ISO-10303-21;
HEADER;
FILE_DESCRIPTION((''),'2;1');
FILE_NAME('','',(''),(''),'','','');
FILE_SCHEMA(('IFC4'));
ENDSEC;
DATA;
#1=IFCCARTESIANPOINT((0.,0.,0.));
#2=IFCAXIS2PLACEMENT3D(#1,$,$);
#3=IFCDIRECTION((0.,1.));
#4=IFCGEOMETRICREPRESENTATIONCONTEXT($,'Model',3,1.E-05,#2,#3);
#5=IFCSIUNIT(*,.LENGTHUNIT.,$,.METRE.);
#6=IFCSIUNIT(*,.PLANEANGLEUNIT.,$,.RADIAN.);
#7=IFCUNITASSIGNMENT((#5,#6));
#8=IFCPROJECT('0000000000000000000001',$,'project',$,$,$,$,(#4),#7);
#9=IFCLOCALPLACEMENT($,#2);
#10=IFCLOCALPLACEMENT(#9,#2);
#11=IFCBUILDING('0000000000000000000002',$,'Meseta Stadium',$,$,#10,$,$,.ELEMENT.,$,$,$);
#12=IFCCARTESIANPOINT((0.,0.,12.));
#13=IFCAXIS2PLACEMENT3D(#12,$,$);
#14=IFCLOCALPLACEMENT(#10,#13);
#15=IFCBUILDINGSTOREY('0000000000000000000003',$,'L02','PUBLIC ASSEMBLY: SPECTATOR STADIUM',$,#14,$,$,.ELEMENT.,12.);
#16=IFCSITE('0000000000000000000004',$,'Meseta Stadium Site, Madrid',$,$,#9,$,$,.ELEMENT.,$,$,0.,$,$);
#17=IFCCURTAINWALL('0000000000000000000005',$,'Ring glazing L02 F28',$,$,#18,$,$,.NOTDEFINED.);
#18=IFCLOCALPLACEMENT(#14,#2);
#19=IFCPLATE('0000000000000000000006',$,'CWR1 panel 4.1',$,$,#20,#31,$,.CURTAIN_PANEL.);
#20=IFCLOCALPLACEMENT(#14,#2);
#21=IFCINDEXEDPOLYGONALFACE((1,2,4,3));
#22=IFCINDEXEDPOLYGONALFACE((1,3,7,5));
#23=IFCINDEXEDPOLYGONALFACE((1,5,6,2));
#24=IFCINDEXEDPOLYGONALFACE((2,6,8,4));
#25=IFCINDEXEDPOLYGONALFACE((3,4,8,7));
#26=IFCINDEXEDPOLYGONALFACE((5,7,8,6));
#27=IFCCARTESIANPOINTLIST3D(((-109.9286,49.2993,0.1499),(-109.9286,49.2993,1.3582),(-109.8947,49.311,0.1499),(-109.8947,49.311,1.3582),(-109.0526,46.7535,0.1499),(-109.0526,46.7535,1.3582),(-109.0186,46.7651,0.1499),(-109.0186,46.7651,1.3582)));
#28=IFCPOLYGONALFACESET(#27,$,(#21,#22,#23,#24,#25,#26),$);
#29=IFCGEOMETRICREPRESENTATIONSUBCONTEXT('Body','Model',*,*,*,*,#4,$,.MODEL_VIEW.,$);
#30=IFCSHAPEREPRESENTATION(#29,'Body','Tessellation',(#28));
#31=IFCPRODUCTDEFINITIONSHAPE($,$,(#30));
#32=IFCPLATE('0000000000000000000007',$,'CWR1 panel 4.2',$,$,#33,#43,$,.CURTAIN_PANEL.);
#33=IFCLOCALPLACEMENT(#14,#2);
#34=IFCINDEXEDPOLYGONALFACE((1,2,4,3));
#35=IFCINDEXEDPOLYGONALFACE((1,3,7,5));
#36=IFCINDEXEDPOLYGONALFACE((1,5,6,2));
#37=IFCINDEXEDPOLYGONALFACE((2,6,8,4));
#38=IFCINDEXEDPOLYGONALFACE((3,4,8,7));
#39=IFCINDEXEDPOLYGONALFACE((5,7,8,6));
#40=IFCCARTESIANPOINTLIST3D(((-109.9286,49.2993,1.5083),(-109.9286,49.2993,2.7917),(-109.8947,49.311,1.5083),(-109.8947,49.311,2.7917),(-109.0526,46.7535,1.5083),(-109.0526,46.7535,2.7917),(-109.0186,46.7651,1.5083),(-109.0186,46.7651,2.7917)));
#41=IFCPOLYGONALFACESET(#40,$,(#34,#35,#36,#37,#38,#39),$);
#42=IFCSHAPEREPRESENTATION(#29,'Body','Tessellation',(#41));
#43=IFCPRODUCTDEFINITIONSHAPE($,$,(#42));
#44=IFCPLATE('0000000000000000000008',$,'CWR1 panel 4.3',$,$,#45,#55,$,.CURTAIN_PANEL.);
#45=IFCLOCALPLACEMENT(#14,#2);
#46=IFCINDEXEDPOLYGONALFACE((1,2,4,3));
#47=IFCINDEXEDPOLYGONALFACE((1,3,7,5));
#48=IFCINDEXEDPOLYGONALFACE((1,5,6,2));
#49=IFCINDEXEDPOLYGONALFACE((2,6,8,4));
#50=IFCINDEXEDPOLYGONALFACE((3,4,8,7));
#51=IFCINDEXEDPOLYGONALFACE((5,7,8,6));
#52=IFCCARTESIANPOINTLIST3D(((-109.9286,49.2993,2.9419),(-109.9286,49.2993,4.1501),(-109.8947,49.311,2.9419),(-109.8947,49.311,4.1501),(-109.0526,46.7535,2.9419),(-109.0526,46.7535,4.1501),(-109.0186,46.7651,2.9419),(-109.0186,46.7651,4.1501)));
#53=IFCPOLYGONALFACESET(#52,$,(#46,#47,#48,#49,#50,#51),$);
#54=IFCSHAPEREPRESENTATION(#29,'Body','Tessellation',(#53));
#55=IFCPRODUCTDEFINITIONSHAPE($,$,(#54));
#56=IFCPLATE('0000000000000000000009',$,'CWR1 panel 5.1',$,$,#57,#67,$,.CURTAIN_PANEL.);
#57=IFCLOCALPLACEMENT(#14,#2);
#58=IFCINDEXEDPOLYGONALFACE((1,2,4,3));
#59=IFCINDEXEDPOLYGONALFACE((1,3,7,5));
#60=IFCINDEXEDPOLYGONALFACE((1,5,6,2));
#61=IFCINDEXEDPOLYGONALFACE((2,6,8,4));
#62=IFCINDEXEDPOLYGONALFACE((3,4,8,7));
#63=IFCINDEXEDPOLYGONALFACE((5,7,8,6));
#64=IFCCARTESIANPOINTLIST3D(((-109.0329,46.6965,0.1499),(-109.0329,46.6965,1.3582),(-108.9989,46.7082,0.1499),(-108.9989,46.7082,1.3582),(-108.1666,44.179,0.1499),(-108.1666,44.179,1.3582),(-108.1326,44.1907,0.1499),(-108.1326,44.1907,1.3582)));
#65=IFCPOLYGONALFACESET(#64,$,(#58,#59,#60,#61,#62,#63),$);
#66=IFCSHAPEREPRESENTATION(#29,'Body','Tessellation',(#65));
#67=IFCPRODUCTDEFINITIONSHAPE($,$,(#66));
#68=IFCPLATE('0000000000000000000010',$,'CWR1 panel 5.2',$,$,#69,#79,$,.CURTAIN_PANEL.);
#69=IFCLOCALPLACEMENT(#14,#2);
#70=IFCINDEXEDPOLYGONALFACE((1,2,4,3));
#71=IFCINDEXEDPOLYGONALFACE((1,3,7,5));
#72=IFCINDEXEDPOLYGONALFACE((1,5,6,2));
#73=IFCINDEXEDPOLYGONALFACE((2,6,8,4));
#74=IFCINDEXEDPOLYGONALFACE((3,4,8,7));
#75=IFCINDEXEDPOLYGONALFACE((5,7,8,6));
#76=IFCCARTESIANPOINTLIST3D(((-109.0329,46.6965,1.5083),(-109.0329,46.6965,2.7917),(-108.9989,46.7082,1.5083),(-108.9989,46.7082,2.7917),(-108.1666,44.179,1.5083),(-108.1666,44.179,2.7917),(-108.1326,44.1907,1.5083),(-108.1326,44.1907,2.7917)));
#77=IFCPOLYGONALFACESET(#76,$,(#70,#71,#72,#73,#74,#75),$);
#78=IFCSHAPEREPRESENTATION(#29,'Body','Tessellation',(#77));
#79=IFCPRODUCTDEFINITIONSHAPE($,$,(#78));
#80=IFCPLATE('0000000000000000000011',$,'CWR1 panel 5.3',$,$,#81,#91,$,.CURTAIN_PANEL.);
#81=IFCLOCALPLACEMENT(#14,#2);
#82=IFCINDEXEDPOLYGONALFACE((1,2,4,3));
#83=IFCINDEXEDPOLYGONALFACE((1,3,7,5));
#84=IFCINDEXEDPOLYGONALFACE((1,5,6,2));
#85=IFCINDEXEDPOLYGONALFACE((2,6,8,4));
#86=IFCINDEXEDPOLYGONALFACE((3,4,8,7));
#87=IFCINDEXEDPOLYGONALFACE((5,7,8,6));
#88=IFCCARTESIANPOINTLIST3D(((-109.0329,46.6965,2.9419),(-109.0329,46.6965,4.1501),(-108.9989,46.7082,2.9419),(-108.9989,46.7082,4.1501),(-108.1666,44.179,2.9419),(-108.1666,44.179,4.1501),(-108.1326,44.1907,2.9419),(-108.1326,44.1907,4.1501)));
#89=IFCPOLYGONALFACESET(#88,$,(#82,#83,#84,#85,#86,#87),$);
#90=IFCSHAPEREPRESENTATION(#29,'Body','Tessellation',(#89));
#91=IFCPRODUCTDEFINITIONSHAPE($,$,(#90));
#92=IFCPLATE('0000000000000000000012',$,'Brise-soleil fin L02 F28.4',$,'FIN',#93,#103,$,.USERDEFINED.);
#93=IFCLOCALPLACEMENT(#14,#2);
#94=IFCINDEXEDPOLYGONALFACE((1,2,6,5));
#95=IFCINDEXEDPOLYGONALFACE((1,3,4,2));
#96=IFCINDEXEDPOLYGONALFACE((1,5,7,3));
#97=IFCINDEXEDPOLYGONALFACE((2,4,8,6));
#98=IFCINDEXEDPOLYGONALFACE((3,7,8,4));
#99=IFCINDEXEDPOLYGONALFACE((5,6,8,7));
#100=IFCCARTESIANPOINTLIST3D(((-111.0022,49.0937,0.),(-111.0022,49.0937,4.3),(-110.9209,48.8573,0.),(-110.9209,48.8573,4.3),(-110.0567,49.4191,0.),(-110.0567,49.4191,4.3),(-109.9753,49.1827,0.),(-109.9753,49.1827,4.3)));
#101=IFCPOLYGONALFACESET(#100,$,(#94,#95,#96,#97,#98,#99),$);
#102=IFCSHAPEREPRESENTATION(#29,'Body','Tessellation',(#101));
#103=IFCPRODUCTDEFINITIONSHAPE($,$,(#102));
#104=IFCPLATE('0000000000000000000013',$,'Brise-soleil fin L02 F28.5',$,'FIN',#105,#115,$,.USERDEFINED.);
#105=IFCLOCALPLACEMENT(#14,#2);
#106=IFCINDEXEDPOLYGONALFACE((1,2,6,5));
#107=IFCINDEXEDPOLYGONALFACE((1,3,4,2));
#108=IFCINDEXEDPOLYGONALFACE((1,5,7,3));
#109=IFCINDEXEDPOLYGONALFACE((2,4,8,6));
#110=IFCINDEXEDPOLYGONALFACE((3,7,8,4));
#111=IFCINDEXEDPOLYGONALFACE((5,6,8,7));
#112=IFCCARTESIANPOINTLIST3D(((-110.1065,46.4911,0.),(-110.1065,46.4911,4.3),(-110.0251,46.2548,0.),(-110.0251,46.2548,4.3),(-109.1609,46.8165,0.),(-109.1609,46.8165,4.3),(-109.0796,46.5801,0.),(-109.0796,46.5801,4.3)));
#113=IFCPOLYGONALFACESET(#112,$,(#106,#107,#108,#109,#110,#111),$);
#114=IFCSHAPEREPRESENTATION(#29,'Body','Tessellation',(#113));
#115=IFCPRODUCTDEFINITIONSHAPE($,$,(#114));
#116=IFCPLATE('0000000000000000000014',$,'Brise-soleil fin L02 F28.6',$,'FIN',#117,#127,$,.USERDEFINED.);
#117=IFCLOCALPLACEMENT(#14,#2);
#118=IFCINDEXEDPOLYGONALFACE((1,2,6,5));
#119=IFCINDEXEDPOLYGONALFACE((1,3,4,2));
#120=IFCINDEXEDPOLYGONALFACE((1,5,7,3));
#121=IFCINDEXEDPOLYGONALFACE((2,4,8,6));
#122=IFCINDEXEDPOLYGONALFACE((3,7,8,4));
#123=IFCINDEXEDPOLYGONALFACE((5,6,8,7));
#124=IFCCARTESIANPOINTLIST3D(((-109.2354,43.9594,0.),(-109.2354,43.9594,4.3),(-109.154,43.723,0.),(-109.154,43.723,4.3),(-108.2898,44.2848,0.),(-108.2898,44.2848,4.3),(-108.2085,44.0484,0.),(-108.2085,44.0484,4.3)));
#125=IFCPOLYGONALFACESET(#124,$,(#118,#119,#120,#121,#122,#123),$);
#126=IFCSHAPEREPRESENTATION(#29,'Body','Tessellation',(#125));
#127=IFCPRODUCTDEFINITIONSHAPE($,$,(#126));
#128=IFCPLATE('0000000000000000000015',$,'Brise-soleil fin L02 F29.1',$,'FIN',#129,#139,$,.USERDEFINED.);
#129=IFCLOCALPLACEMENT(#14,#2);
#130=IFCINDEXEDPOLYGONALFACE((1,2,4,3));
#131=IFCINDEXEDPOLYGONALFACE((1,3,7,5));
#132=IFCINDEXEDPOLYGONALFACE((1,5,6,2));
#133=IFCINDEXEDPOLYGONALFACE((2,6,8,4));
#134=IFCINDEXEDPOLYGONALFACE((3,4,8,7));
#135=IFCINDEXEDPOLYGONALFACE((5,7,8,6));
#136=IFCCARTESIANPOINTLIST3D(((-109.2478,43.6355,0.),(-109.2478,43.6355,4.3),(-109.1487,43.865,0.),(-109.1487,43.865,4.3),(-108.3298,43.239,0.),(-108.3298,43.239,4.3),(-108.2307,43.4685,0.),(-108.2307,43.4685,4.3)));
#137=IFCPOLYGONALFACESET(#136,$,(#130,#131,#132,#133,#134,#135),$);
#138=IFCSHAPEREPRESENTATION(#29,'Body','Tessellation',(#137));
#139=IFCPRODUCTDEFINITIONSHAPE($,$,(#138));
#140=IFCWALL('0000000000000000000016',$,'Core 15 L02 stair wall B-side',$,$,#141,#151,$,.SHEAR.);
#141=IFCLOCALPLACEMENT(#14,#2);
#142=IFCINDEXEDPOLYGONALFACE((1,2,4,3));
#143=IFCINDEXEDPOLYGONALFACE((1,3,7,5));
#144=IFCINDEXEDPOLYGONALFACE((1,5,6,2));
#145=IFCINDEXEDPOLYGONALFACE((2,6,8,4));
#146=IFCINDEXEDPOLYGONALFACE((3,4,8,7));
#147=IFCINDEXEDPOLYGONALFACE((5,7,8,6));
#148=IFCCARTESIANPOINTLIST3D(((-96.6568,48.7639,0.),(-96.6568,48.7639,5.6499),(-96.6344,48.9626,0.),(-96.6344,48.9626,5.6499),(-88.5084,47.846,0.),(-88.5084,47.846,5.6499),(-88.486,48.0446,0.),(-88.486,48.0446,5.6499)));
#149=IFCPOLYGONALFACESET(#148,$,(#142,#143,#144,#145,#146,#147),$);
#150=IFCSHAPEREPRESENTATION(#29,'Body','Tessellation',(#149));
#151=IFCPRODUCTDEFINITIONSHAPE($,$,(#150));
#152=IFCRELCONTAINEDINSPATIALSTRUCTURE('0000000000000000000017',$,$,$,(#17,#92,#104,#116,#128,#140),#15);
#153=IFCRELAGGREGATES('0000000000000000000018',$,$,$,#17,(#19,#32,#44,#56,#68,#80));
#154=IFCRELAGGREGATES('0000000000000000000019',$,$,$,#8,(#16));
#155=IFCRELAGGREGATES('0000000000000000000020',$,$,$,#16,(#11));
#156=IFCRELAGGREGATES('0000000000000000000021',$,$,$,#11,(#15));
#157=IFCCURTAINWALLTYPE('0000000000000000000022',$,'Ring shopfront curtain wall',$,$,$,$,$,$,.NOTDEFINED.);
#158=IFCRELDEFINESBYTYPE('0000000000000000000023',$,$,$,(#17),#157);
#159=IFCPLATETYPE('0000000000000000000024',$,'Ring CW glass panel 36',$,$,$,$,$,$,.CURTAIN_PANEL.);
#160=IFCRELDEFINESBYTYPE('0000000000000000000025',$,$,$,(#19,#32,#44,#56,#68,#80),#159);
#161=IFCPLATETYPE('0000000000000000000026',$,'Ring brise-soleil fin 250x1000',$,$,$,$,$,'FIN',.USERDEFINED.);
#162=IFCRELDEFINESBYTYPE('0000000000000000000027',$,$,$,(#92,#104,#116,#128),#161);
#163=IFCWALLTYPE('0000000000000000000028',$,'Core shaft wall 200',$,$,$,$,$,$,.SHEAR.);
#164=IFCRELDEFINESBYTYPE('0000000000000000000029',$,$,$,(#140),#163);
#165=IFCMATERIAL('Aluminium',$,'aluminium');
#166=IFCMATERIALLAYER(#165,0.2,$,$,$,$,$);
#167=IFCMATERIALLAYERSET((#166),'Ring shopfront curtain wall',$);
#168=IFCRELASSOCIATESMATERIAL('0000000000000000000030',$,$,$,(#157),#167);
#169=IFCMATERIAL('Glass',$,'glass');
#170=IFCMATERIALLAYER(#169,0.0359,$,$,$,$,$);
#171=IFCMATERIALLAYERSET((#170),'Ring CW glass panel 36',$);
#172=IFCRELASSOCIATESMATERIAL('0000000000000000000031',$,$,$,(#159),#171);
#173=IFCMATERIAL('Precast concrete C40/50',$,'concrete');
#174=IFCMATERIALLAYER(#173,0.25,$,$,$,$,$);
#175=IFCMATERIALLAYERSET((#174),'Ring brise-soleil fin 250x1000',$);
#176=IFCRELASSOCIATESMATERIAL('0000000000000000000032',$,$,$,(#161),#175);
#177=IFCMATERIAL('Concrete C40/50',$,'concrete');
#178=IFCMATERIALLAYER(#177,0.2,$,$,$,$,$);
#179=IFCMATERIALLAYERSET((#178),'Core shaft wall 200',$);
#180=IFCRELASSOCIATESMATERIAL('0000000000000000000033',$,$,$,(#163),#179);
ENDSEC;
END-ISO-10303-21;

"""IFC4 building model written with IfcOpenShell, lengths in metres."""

from ifc_helpers import new_model, si_unit, direction, frame, frame_2d, origin, origin_2d, place, context, subcontext, project, spatial, rectangle, extrude, material, layer, layer_set, type_object, element, aggregate, save


model = new_model("IFC4")

# Units and contexts
model_context = context("Model", 3, precision=1e-05, world=origin(), true_north=direction((0.0, 1.0)))
body_context = subcontext(model_context, "Body", "Model", "MODEL_VIEW")
ifc_project = project(units=[si_unit("LENGTHUNIT", "METRE"), si_unit("PLANEANGLEUNIT", "RADIAN")], contexts=[model_context])

# Site, building, storey
site_placement = place(None, origin())
site = spatial("IfcSite", under=ifc_project, at=site_placement, Name="Meseta Stadium Site, Madrid", CompositionType="ELEMENT", RefElevation=0.0)
building_placement = place(site_placement, origin())
building = spatial("IfcBuilding", under=site, at=building_placement, Name="Meseta Stadium", CompositionType="ELEMENT")
storey_placement = place(building_placement, frame((0.0, 0.0, 12.0)))
storey = spatial("IfcBuildingStorey", under=building, at=storey_placement, Name="L02", Description="PUBLIC ASSEMBLY: SPECTATOR STADIUM", CompositionType="ELEMENT", Elevation=12.0)

# Curtain wall
ifc_material_1 = material(Name="Aluminium", Category="aluminium")
ifc_layer_1 = layer(ifc_material_1, 0.2)
ifc_layer_set_1 = layer_set([ifc_layer_1], Name="Ring shopfront curtain wall")
curtain_wall_type = type_object("IfcCurtainWallType", Name="Ring shopfront curtain wall", PredefinedType="NOTDEFINED", material=ifc_layer_set_1)
curtain_wall_1_placement = place(storey_placement, origin())
curtain_wall_1 = element("IfcCurtainWall", 1, at=curtain_wall_1_placement, inside=storey, type_object=curtain_wall_type, Name="Ring glazing L02 F28", PredefinedType="NOTDEFINED")

# Plates
ifc_material_2 = material(Name="Glass", Category="glass")
ifc_layer_2 = layer(ifc_material_2, 0.0359)
ifc_layer_set_2 = layer_set([ifc_layer_2], Name="Ring CW glass panel 36")
plate_type_1 = type_object("IfcPlateType", Name="Ring CW glass panel 36", PredefinedType="CURTAIN_PANEL", material=ifc_layer_set_2)
plate_1_placement = place(storey_placement, frame((-109.4736, 48.0322, 0.1499), z_axis=(0.0, 0.0, 1.0), x_axis=(0.325386, -0.945581, 0.0)))
plate_1 = element("IfcPlate", 2, at=plate_1_placement, type_object=plate_type_1, Name="CWR1 panel 4.1", PredefinedType="CURTAIN_PANEL", context=body_context, shape_type="SweptSolid", body=[
    extrude(rectangle(XDim=2.6924, YDim=0.0359, at=origin_2d()), origin(), (0.0, 0.0, 1.0), 1.2083),
])
plate_2_placement = place(storey_placement, frame((-109.4736, 48.0322, 1.5083), z_axis=(0.0, 0.0, 1.0), x_axis=(0.325386, -0.945581, 0.0)))
plate_2 = element("IfcPlate", 3, at=plate_2_placement, type_object=plate_type_1, Name="CWR1 panel 4.2", PredefinedType="CURTAIN_PANEL", context=body_context, shape_type="SweptSolid", body=[
    extrude(rectangle(XDim=2.6924, YDim=0.0359, at=origin_2d()), origin(), (0.0, 0.0, 1.0), 1.2834),
])
plate_3_placement = place(storey_placement, frame((-109.4736, 48.0322, 2.9419), z_axis=(0.0, 0.0, 1.0), x_axis=(0.325386, -0.945581, 0.0)))
plate_3 = element("IfcPlate", 4, at=plate_3_placement, type_object=plate_type_1, Name="CWR1 panel 4.3", PredefinedType="CURTAIN_PANEL", context=body_context, shape_type="SweptSolid", body=[
    extrude(rectangle(XDim=2.6924, YDim=0.0359, at=origin_2d()), origin(), (0.0, 0.0, 1.0), 1.2083),
])
plate_4_placement = place(storey_placement, frame((-108.5828, 45.4436, 0.1499), z_axis=(0.0, 0.0, 1.0), x_axis=(0.325386, -0.945581, 0.0)))
plate_4 = element("IfcPlate", 5, at=plate_4_placement, type_object=plate_type_1, Name="CWR1 panel 5.1", PredefinedType="CURTAIN_PANEL", context=body_context, shape_type="SweptSolid", body=[
    extrude(rectangle(XDim=2.6624, YDim=0.0359, at=origin_2d()), origin(), (0.0, 0.0, 1.0), 1.2083),
])
plate_5_placement = place(storey_placement, frame((-108.5828, 45.4436, 1.5083), z_axis=(0.0, 0.0, 1.0), x_axis=(0.325386, -0.945581, 0.0)))
plate_5 = element("IfcPlate", 6, at=plate_5_placement, type_object=plate_type_1, Name="CWR1 panel 5.2", PredefinedType="CURTAIN_PANEL", context=body_context, shape_type="SweptSolid", body=[
    extrude(rectangle(XDim=2.6624, YDim=0.0359, at=origin_2d()), origin(), (0.0, 0.0, 1.0), 1.2834),
])
plate_6_placement = place(storey_placement, frame((-108.5828, 45.4436, 2.9419), z_axis=(0.0, 0.0, 1.0), x_axis=(0.325386, -0.945581, 0.0)))
plate_6 = element("IfcPlate", 7, at=plate_6_placement, type_object=plate_type_1, Name="CWR1 panel 5.3", PredefinedType="CURTAIN_PANEL", context=body_context, shape_type="SweptSolid", body=[
    extrude(rectangle(XDim=2.6624, YDim=0.0359, at=origin_2d()), origin(), (0.0, 0.0, 1.0), 1.2083),
])
aggregate(curtain_wall_1, [plate_1, plate_2, plate_3, plate_4, plate_5, plate_6])

# Plates
ifc_material_3 = material(Name="Precast concrete C40/50", Category="concrete")
ifc_layer_3 = layer(ifc_material_3, 0.25)
ifc_layer_set_3 = layer_set([ifc_layer_3], Name="Ring brise-soleil fin 250x1000")
plate_type_2 = type_object("IfcPlateType", Name="Ring brise-soleil fin 250x1000", ElementType="FIN", PredefinedType="USERDEFINED", material=ifc_layer_set_3)
for number, where, z_axis, x_axis, name in (
    (8, (-110.4888, 49.1382, 0.0), (0.0, 0.0, 1.0), (0.325393, -0.945579, 0.0), "Brise-soleil fin L02 F28.4"),
    (9, (-109.593, 46.5356, 0.0), (0.0, 0.0, 1.0), (0.325393, -0.945579, 0.0), "Brise-soleil fin L02 F28.5"),
    (10, (-108.7219, 44.0039, 0.0), (0.0, 0.0, 1.0), (0.325393, -0.945579, 0.0), "Brise-soleil fin L02 F28.6"),
    (11, (-108.7393, 43.552, 0.0), (0.0, 0.0, 1.0), (-0.396576, -0.918002, 0.0), "Brise-soleil fin L02 F29.1"),
):
    element("IfcPlate", number, at=place(storey_placement, frame(where, z_axis=z_axis, x_axis=x_axis)), inside=storey, type_object=plate_type_2, Name=name, ObjectType="FIN", PredefinedType="USERDEFINED", context=body_context, shape_type="SweptSolid", body=[
        extrude(rectangle(XDim=0.25, YDim=1.0, at=origin_2d()), origin(), (0.0, 0.0, 1.0), 4.3),
    ])

# Wall
ifc_material_4 = material(Name="Concrete C40/50", Category="concrete")
ifc_layer_4 = layer(ifc_material_4, 0.2)
ifc_layer_set_4 = layer_set([ifc_layer_4], Name="Core shaft wall 200")
wall_type = type_object("IfcWallType", Name="Core shaft wall 200", PredefinedType="SHEAR", material=ifc_layer_set_4)
wall_placement = place(storey_placement, frame((-96.6458, 48.8633, 0.0), z_axis=(0.0, 0.0, 1.0), x_axis=(0.993714, -0.111948, 0.0)))
element("IfcWall", 12, at=wall_placement, inside=storey, type_object=wall_type, Name="Core 15 L02 stair wall B-side", PredefinedType="SHEAR", context=body_context, shape_type="SweptSolid", body=[
    extrude(rectangle(XDim=8.2, YDim=0.2, at=frame_2d((4.1001, 0.0))), origin(), (0.0, 0.0, 1.0), 5.6499),
])

save(model, "model.ifc")
